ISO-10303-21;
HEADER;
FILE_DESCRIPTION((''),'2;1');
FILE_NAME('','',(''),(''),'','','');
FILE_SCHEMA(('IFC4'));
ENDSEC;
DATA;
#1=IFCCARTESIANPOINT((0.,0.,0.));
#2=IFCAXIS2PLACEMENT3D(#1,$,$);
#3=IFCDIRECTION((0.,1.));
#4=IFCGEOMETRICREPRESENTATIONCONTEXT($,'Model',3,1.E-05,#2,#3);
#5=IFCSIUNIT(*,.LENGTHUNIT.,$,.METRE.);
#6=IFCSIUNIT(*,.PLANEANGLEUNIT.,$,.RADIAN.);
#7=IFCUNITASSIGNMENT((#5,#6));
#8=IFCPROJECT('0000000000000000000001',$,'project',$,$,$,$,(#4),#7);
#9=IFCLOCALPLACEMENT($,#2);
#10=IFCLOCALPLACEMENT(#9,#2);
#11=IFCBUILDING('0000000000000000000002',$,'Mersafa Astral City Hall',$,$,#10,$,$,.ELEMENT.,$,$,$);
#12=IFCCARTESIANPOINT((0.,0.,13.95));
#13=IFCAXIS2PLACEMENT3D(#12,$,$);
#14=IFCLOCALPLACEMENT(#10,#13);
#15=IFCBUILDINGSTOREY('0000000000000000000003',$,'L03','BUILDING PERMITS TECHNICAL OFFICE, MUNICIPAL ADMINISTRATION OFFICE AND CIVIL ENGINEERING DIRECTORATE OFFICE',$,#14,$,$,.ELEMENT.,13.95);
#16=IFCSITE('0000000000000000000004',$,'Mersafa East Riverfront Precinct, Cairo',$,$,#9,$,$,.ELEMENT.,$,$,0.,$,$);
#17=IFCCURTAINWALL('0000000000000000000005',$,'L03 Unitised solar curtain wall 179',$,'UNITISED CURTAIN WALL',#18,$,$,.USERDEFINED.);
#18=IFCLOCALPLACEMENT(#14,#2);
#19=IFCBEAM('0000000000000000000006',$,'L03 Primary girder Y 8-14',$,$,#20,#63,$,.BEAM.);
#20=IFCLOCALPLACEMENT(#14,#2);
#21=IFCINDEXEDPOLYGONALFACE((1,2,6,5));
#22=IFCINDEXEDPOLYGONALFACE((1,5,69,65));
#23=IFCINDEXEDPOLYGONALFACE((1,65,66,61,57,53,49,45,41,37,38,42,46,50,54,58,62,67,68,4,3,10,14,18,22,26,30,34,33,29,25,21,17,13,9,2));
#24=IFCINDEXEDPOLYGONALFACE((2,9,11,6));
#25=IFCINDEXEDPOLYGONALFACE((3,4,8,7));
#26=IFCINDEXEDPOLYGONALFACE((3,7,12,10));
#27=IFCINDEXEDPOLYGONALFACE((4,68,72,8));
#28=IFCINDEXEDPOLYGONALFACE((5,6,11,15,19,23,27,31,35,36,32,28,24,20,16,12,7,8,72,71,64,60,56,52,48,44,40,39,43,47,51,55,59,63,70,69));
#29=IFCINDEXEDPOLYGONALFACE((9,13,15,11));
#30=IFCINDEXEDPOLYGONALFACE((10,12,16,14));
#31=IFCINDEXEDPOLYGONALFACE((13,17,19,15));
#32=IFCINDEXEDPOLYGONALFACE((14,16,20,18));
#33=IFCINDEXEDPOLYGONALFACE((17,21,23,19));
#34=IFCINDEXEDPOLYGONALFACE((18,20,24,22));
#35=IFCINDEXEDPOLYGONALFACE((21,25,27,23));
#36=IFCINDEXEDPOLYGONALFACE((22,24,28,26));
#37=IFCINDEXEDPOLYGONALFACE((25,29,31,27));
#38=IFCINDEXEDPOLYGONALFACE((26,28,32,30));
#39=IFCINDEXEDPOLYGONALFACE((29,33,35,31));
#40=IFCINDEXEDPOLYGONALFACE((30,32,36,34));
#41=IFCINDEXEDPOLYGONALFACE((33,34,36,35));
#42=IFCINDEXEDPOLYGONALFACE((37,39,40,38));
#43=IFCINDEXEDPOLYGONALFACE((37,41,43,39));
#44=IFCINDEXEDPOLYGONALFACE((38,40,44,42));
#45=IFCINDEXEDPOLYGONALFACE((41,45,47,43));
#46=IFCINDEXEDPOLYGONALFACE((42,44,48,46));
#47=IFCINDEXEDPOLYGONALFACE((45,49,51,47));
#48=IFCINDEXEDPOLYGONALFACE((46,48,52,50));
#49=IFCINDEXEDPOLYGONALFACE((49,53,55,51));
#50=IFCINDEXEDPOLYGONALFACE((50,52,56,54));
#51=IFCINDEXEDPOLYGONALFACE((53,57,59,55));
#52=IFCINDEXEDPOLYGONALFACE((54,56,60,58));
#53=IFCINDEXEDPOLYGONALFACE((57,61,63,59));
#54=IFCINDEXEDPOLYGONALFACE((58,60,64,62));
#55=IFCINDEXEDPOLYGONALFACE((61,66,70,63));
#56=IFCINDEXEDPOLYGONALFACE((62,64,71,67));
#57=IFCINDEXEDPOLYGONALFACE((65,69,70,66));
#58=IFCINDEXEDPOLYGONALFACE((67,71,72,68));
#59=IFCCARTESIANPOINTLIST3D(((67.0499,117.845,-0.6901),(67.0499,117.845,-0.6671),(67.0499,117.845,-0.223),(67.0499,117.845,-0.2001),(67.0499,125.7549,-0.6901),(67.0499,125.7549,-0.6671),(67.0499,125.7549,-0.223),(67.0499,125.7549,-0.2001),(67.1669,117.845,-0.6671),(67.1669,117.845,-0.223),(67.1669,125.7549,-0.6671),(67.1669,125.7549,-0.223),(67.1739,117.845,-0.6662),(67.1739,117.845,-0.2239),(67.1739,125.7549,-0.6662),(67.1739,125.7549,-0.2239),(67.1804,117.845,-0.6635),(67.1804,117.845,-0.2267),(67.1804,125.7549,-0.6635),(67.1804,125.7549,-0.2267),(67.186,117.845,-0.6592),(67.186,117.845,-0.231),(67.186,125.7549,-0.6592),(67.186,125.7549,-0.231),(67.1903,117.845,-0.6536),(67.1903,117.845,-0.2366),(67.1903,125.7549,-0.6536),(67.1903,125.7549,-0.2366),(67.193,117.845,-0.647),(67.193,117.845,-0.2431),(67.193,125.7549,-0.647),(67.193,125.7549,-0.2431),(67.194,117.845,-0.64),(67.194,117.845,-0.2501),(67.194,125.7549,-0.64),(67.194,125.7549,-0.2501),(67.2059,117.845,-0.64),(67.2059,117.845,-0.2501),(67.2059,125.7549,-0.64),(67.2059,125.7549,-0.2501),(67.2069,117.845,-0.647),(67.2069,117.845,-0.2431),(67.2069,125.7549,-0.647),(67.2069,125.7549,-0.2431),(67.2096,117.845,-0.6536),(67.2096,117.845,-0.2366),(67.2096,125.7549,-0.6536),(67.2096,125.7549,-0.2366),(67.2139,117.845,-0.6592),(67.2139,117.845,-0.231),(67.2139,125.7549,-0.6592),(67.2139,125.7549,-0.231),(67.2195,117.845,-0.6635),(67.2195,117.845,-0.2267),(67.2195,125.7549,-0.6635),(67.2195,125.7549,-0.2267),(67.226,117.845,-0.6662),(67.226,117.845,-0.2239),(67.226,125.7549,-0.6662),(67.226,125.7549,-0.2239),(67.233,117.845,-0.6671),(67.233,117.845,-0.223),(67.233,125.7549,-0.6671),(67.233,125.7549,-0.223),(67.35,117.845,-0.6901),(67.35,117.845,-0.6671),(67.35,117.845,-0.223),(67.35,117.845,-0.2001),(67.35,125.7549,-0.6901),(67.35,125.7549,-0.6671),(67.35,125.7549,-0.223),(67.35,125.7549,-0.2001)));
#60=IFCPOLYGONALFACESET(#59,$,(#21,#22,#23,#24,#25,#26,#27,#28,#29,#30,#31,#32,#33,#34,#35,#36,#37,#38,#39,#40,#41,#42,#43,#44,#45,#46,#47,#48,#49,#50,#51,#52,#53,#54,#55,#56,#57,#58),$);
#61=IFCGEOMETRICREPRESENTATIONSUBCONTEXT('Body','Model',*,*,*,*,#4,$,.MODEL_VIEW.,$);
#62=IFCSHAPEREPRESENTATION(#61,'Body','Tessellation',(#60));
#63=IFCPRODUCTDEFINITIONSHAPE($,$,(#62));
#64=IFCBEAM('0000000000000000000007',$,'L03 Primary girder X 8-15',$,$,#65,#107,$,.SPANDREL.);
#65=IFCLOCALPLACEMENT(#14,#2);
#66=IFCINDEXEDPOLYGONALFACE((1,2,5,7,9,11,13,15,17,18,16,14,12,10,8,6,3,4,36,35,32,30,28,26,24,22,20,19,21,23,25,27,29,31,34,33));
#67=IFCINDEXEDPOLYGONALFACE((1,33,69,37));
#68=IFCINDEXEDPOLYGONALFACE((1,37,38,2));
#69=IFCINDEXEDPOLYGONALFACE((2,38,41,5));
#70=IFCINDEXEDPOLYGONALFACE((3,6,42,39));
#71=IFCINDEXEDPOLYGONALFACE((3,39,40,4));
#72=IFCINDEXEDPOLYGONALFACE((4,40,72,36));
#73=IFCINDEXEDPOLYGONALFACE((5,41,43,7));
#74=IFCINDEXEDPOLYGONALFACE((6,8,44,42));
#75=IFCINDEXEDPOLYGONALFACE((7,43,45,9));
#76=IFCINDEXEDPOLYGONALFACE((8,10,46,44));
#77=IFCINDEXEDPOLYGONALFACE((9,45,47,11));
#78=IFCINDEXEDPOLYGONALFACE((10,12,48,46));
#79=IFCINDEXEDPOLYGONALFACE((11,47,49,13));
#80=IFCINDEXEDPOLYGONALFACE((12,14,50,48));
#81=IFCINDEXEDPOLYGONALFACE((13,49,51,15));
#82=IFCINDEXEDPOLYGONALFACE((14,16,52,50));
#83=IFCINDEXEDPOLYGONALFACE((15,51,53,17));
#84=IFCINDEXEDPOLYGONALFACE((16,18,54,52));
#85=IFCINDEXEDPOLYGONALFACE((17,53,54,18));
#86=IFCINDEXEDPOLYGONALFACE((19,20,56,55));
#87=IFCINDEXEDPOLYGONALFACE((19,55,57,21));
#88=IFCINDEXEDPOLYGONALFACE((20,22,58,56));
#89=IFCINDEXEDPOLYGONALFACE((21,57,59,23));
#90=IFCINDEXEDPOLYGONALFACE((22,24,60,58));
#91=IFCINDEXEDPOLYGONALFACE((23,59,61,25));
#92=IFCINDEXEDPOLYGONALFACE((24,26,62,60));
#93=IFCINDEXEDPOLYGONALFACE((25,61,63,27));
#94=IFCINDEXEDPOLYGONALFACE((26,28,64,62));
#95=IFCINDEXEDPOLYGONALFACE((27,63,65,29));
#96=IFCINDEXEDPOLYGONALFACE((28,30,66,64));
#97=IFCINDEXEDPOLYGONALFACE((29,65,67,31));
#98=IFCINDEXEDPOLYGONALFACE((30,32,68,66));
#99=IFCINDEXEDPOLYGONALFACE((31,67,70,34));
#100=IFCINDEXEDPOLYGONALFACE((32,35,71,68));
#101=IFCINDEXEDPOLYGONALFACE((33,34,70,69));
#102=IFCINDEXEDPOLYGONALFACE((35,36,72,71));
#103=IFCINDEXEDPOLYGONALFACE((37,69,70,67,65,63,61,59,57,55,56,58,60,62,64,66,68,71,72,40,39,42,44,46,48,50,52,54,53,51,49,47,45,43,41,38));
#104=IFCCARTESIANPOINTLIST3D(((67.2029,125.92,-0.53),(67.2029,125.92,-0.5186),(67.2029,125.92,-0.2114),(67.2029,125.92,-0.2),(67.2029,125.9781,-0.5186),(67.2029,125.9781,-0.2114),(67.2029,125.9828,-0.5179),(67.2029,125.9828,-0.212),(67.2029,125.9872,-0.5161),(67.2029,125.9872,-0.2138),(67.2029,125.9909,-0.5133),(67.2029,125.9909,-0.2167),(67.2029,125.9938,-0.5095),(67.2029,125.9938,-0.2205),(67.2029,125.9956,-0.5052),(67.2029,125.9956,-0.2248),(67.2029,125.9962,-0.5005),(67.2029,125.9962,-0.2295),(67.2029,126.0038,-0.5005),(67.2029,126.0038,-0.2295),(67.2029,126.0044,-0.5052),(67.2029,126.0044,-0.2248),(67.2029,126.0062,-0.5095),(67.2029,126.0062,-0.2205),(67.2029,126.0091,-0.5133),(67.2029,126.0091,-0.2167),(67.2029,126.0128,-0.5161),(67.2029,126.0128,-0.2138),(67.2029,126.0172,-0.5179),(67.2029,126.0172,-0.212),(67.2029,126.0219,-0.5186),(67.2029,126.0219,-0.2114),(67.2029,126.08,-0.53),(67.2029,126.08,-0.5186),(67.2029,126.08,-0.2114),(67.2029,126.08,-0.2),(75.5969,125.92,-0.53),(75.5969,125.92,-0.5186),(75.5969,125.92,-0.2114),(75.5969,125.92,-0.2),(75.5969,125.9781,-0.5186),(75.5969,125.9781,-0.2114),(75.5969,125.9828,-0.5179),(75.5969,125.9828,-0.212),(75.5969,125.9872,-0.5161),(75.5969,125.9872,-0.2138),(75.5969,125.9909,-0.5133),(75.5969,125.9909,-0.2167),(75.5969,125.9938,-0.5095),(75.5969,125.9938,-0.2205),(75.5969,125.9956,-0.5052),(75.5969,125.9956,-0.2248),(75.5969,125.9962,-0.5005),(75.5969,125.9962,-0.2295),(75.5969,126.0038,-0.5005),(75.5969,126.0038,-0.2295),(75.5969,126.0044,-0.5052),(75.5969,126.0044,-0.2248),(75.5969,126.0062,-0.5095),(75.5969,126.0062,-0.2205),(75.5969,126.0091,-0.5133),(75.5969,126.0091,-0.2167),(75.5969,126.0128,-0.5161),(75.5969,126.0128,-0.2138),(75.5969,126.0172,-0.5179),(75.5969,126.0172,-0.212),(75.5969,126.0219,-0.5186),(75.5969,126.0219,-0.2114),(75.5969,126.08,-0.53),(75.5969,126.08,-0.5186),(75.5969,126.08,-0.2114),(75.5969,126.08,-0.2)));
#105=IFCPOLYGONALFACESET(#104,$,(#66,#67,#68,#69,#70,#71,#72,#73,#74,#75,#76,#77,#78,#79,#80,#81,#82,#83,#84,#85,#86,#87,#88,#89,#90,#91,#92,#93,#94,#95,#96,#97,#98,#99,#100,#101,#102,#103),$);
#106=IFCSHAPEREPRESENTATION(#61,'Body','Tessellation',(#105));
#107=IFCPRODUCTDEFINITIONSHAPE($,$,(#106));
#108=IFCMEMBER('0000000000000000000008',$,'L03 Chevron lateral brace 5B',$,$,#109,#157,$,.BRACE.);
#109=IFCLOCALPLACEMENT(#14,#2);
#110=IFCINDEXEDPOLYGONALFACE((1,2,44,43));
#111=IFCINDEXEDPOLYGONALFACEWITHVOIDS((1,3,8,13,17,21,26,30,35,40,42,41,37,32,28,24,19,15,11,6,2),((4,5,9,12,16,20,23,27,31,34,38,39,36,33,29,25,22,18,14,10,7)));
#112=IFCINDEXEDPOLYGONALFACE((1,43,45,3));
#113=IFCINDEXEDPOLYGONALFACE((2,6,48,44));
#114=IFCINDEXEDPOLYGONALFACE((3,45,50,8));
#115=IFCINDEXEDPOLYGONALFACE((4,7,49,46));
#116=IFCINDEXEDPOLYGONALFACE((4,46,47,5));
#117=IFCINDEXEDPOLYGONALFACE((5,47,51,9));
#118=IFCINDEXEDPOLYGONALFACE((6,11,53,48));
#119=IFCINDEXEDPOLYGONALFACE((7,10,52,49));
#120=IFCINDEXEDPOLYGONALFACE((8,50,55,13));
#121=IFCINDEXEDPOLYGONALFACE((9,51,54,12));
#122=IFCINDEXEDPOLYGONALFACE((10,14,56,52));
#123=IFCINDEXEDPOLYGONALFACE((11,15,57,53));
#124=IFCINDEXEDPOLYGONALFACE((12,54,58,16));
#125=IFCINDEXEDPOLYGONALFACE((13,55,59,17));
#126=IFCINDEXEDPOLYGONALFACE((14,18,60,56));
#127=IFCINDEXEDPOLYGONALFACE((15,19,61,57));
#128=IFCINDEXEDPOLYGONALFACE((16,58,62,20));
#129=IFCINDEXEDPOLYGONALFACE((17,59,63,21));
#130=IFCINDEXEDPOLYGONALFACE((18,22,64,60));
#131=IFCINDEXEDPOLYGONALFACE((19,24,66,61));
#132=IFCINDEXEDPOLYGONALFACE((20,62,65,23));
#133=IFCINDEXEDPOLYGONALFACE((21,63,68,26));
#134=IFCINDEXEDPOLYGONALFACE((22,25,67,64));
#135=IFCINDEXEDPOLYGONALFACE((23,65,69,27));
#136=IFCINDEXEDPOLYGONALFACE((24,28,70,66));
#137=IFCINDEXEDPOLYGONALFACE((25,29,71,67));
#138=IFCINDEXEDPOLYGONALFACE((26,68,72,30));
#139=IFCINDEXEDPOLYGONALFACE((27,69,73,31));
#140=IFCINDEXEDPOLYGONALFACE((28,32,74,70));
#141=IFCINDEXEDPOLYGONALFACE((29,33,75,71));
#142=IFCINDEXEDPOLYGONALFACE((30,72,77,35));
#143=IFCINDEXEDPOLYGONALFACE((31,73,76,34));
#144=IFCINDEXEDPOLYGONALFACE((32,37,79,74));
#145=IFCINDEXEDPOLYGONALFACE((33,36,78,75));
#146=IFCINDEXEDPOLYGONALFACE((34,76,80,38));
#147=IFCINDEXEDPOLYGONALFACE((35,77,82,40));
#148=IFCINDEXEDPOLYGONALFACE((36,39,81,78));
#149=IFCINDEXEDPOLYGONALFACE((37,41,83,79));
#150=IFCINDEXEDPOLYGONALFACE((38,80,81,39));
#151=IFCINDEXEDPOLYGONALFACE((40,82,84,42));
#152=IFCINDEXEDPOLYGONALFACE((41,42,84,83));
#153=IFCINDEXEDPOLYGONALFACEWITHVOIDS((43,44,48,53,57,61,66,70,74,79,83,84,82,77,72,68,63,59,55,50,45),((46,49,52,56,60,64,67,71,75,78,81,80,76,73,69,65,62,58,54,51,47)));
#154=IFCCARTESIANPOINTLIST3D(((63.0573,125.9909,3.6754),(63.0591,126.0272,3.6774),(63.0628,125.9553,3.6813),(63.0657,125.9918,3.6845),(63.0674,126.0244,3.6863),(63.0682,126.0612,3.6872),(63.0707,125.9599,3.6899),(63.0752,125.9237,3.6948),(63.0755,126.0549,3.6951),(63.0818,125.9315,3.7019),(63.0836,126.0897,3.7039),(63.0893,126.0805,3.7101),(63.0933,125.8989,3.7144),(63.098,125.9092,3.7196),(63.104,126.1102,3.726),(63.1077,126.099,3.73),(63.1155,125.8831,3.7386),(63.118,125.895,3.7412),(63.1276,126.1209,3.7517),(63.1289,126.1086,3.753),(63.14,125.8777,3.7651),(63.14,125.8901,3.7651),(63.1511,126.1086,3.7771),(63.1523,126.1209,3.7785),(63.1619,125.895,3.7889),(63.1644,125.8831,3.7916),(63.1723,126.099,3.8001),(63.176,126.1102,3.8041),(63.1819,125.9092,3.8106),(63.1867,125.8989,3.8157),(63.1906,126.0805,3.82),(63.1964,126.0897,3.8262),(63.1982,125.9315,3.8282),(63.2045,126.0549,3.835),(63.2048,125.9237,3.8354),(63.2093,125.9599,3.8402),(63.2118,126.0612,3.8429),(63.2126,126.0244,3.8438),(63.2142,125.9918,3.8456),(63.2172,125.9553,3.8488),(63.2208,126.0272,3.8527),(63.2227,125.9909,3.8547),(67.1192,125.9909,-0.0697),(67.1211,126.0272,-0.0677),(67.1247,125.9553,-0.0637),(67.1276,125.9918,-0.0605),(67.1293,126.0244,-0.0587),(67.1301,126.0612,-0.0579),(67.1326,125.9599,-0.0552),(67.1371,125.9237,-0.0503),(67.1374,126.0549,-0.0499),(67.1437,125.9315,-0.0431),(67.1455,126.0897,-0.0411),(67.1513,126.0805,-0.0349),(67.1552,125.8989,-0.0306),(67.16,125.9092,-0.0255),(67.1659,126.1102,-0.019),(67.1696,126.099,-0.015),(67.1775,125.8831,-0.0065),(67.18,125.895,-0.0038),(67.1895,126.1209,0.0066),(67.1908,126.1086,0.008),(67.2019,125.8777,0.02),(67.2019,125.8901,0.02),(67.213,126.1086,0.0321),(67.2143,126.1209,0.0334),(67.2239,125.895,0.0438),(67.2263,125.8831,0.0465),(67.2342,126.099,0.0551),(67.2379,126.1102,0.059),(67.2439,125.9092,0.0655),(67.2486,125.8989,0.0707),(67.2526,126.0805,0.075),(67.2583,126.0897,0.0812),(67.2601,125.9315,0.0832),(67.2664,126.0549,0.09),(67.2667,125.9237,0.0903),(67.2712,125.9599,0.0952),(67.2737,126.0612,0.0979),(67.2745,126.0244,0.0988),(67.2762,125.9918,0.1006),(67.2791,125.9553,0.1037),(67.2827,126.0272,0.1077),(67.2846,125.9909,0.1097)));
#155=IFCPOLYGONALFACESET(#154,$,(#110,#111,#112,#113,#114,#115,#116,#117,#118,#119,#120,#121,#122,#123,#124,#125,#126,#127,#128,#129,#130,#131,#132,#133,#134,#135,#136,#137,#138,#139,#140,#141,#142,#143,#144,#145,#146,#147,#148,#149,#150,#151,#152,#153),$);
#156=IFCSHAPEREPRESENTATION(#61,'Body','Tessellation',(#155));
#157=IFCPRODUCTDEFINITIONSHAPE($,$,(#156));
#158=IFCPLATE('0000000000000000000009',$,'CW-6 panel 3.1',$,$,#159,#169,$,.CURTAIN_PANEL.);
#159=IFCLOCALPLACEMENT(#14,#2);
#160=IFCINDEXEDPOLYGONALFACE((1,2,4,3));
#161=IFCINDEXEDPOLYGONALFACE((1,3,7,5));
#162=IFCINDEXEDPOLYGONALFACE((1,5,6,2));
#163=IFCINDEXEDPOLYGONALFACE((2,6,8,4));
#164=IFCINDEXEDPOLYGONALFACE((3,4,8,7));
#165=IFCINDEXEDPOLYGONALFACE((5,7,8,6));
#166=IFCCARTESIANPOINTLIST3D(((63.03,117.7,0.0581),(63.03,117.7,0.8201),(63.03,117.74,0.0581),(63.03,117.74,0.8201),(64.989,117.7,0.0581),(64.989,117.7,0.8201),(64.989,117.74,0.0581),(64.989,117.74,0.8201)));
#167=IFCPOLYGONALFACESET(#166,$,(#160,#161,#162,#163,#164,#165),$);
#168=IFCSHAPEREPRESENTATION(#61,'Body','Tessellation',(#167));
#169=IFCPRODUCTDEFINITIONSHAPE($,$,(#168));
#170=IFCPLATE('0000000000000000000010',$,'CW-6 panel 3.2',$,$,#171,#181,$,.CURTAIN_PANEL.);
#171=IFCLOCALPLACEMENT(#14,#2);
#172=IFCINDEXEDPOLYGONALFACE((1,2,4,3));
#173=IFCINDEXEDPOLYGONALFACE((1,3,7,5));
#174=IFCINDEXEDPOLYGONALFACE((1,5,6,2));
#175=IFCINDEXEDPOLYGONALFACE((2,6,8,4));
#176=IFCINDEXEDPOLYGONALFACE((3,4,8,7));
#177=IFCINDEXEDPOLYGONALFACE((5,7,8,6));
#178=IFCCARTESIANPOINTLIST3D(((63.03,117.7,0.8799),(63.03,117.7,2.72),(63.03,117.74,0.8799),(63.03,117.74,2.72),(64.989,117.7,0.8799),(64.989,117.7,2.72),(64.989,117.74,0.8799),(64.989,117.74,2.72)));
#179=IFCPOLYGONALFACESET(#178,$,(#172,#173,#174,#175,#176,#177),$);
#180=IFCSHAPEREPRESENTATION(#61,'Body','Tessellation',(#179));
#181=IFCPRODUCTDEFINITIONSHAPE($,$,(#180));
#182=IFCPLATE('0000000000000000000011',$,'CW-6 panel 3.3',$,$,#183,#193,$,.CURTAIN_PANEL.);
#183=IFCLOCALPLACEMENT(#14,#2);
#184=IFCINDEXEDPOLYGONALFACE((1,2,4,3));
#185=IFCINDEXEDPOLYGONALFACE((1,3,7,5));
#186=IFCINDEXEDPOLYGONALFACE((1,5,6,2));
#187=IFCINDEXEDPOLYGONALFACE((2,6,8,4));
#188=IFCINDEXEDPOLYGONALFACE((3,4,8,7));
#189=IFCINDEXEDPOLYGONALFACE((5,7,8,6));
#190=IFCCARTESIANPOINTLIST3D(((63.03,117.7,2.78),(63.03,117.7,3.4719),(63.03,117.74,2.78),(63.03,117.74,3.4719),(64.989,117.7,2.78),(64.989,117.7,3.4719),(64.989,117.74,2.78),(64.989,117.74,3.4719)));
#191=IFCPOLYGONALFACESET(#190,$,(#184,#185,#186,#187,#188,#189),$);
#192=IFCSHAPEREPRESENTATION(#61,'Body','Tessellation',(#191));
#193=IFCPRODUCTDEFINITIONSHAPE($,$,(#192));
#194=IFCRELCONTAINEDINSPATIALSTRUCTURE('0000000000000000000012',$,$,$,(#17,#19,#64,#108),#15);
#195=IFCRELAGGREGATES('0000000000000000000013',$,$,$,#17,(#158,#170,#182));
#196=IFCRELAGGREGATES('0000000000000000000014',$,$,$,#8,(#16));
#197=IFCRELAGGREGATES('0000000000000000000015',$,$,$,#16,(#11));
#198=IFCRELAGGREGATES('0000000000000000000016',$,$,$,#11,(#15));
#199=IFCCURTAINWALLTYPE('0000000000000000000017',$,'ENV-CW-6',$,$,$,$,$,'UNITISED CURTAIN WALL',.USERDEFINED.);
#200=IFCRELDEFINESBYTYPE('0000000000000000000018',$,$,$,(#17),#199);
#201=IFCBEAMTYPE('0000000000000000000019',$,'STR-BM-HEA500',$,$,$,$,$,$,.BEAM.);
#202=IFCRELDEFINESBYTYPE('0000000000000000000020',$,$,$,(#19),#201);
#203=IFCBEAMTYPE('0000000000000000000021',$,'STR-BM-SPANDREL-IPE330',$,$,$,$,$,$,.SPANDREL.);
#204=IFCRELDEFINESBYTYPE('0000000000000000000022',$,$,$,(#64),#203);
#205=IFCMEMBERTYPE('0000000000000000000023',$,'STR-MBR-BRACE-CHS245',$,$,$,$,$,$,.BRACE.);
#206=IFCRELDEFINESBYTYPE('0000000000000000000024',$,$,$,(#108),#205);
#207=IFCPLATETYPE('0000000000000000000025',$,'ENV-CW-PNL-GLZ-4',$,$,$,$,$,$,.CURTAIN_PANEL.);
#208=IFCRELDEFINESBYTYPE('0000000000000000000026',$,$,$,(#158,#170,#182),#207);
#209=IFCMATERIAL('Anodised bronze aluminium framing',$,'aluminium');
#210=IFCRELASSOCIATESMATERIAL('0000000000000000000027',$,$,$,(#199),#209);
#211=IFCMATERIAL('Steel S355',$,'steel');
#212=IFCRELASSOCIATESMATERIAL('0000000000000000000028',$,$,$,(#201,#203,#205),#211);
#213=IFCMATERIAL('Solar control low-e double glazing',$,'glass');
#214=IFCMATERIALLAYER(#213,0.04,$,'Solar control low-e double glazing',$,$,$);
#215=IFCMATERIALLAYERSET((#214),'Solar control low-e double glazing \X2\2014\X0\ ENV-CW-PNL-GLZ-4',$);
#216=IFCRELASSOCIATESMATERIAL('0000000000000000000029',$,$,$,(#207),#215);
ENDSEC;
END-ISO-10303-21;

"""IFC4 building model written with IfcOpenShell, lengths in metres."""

from ifc_helpers import new_model, si_unit, direction, frame, origin, origin_2d, place, context, subcontext, project, spatial, rectangle, hollow_circle, i_section, extrude, material, layer, layer_set, material_profile, profile_set, type_object, element, aggregate, save


model = new_model("IFC4")

# Units and contexts
model_context = context("Model", 3, precision=1e-05, world=origin(), true_north=direction((0.0, 1.0)))
body_context = subcontext(model_context, "Body", "Model", "MODEL_VIEW")
ifc_project = project(units=[si_unit("LENGTHUNIT", "METRE"), si_unit("PLANEANGLEUNIT", "RADIAN")], contexts=[model_context])

# Site, building, storey
site_placement = place(None, origin())
site = spatial("IfcSite", under=ifc_project, at=site_placement, Name="Mersafa East Riverfront Precinct, Cairo", CompositionType="ELEMENT", RefElevation=0.0)
building_placement = place(site_placement, origin())
building = spatial("IfcBuilding", under=site, at=building_placement, Name="Mersafa Astral City Hall", CompositionType="ELEMENT")
storey_placement = place(building_placement, frame((0.0, 0.0, 13.95)))
storey = spatial("IfcBuildingStorey", under=building, at=storey_placement, Name="L03", Description="BUILDING PERMITS TECHNICAL OFFICE, MUNICIPAL ADMINISTRATION OFFICE AND CIVIL ENGINEERING DIRECTORATE OFFICE", CompositionType="ELEMENT", Elevation=13.95)

# Shared definitions
ifc_material_1 = material(Name="Steel S355", Category="steel")

# Curtain wall
ifc_material_2 = material(Name="Anodised bronze aluminium framing", Category="aluminium")
curtain_wall_type = type_object("IfcCurtainWallType", Name="ENV-CW-6", ElementType="UNITISED CURTAIN WALL", PredefinedType="USERDEFINED", material=ifc_material_2)
curtain_wall_placement = place(storey_placement, origin())
curtain_wall = element("IfcCurtainWall", 1, at=curtain_wall_placement, inside=storey, type_object=curtain_wall_type, Name="L03 Unitised solar curtain wall 179", ObjectType="UNITISED CURTAIN WALL", PredefinedType="USERDEFINED")

# Beams
ifc_material_profile_1 = material_profile(ifc_material_1, i_section(OverallWidth=0.3, OverallDepth=0.49, WebThickness=0.012, FlangeThickness=0.0229, FilletRadius=0.0271, at=origin_2d()), Name="HEA 500")
ifc_profile_set_1 = profile_set([ifc_material_profile_1], Name="Steel S355")
beam_type_1 = type_object("IfcBeamType", Name="STR-BM-HEA500", PredefinedType="BEAM", material=ifc_profile_set_1)
beam_1_placement = place(storey_placement, frame((67.2, 117.845, -0.4451), z_axis=(0.0, 1.0, 0.0), x_axis=(-1.0, 0.0, 0.0)))
element("IfcBeam", 2, at=beam_1_placement, inside=storey, type_object=beam_type_1, Name="L03 Primary girder Y 8-14", PredefinedType="BEAM", context=body_context, shape_type="SweptSolid", body=[
    extrude(i_section(OverallWidth=0.3, OverallDepth=0.49, WebThickness=0.012, FlangeThickness=0.0229, FilletRadius=0.0271, at=origin_2d()), origin(), (0.0, 0.0, 1.0), 7.9099),
])
ifc_material_profile_2 = material_profile(ifc_material_1, i_section(OverallWidth=0.1599, OverallDepth=0.3301, WebThickness=0.0076, FlangeThickness=0.0115, FilletRadius=0.0181, at=origin_2d()), Name="IPE 330")
ifc_profile_set_2 = profile_set([ifc_material_profile_2], Name="Steel S355")
beam_type_2 = type_object("IfcBeamType", Name="STR-BM-SPANDREL-IPE330", PredefinedType="SPANDREL", material=ifc_profile_set_2)
beam_2_placement = place(storey_placement, frame((67.2029, 126.0, -0.365), z_axis=(1.0, 0.0, 0.0), x_axis=(0.0, 1.0, 0.0)))
element("IfcBeam", 3, at=beam_2_placement, inside=storey, type_object=beam_type_2, Name="L03 Primary girder X 8-15", PredefinedType="SPANDREL", context=body_context, shape_type="SweptSolid", body=[
    extrude(i_section(OverallWidth=0.1599, OverallDepth=0.3301, WebThickness=0.0076, FlangeThickness=0.0115, FilletRadius=0.0181, at=origin_2d()), origin(), (0.0, 0.0, 1.0), 8.394),
])

# Member
ifc_material_profile_3 = material_profile(ifc_material_1, hollow_circle(Radius=0.1223, WallThickness=0.0125, at=origin_2d()), Name="CHS 244.5x12.5")
ifc_profile_set_3 = profile_set([ifc_material_profile_3], Name="Steel S355")
member_type_1 = type_object("IfcMemberType", Name="STR-MBR-BRACE-CHS245", PredefinedType="BRACE", material=ifc_profile_set_3)
member_1_placement = place(storey_placement, frame((67.2019, 126.0, 0.02), z_axis=(-0.735203, 0.0, 0.677847), x_axis=(0.0, -1.0, 0.0)))
element("IfcMember", 4, at=member_1_placement, inside=storey, type_object=member_type_1, Name="L03 Chevron lateral brace 5B", PredefinedType="BRACE", context=body_context, shape_type="SweptSolid", body=[
    extrude(hollow_circle(Radius=0.1223, WallThickness=0.0125, at=origin_2d()), origin(), (0.0, 0.0, 1.0), 5.5249),
])

# Plates
ifc_material_3 = material(Name="Solar control low-e double glazing", Category="glass")
ifc_layer_1 = layer(ifc_material_3, 0.04, Name="Solar control low-e double glazing")
ifc_layer_set_1 = layer_set([ifc_layer_1], Name="Solar control low-e double glazing — ENV-CW-PNL-GLZ-4")
plate_type_1 = type_object("IfcPlateType", Name="ENV-CW-PNL-GLZ-4", PredefinedType="CURTAIN_PANEL", material=ifc_layer_set_1)
plate_1_placement = place(storey_placement, frame((64.0095, 117.72, 0.0581), z_axis=(0.0, 0.0, 1.0), x_axis=(1.0, 0.0, 0.0)))
plate_1 = element("IfcPlate", 5, at=plate_1_placement, type_object=plate_type_1, Name="CW-6 panel 3.1", PredefinedType="CURTAIN_PANEL", context=body_context, shape_type="SweptSolid", body=[
    extrude(rectangle(XDim=1.959, YDim=0.04, at=origin_2d()), origin(), (0.0, 0.0, 1.0), 0.762),
])
plate_2_placement = place(storey_placement, frame((64.0095, 117.72, 0.8799), z_axis=(0.0, 0.0, 1.0), x_axis=(1.0, 0.0, 0.0)))
plate_2 = element("IfcPlate", 6, at=plate_2_placement, type_object=plate_type_1, Name="CW-6 panel 3.2", PredefinedType="CURTAIN_PANEL", context=body_context, shape_type="SweptSolid", body=[
    extrude(rectangle(XDim=1.959, YDim=0.04, at=origin_2d()), origin(), (0.0, 0.0, 1.0), 1.8401),
])
plate_3_placement = place(storey_placement, frame((64.0095, 117.72, 2.78), z_axis=(0.0, 0.0, 1.0), x_axis=(1.0, 0.0, 0.0)))
plate_3 = element("IfcPlate", 7, at=plate_3_placement, type_object=plate_type_1, Name="CW-6 panel 3.3", PredefinedType="CURTAIN_PANEL", context=body_context, shape_type="SweptSolid", body=[
    extrude(rectangle(XDim=1.959, YDim=0.04, at=origin_2d()), origin(), (0.0, 0.0, 1.0), 0.6919),
])
aggregate(curtain_wall, [plate_1, plate_2, plate_3])

save(model, "model.ifc")
